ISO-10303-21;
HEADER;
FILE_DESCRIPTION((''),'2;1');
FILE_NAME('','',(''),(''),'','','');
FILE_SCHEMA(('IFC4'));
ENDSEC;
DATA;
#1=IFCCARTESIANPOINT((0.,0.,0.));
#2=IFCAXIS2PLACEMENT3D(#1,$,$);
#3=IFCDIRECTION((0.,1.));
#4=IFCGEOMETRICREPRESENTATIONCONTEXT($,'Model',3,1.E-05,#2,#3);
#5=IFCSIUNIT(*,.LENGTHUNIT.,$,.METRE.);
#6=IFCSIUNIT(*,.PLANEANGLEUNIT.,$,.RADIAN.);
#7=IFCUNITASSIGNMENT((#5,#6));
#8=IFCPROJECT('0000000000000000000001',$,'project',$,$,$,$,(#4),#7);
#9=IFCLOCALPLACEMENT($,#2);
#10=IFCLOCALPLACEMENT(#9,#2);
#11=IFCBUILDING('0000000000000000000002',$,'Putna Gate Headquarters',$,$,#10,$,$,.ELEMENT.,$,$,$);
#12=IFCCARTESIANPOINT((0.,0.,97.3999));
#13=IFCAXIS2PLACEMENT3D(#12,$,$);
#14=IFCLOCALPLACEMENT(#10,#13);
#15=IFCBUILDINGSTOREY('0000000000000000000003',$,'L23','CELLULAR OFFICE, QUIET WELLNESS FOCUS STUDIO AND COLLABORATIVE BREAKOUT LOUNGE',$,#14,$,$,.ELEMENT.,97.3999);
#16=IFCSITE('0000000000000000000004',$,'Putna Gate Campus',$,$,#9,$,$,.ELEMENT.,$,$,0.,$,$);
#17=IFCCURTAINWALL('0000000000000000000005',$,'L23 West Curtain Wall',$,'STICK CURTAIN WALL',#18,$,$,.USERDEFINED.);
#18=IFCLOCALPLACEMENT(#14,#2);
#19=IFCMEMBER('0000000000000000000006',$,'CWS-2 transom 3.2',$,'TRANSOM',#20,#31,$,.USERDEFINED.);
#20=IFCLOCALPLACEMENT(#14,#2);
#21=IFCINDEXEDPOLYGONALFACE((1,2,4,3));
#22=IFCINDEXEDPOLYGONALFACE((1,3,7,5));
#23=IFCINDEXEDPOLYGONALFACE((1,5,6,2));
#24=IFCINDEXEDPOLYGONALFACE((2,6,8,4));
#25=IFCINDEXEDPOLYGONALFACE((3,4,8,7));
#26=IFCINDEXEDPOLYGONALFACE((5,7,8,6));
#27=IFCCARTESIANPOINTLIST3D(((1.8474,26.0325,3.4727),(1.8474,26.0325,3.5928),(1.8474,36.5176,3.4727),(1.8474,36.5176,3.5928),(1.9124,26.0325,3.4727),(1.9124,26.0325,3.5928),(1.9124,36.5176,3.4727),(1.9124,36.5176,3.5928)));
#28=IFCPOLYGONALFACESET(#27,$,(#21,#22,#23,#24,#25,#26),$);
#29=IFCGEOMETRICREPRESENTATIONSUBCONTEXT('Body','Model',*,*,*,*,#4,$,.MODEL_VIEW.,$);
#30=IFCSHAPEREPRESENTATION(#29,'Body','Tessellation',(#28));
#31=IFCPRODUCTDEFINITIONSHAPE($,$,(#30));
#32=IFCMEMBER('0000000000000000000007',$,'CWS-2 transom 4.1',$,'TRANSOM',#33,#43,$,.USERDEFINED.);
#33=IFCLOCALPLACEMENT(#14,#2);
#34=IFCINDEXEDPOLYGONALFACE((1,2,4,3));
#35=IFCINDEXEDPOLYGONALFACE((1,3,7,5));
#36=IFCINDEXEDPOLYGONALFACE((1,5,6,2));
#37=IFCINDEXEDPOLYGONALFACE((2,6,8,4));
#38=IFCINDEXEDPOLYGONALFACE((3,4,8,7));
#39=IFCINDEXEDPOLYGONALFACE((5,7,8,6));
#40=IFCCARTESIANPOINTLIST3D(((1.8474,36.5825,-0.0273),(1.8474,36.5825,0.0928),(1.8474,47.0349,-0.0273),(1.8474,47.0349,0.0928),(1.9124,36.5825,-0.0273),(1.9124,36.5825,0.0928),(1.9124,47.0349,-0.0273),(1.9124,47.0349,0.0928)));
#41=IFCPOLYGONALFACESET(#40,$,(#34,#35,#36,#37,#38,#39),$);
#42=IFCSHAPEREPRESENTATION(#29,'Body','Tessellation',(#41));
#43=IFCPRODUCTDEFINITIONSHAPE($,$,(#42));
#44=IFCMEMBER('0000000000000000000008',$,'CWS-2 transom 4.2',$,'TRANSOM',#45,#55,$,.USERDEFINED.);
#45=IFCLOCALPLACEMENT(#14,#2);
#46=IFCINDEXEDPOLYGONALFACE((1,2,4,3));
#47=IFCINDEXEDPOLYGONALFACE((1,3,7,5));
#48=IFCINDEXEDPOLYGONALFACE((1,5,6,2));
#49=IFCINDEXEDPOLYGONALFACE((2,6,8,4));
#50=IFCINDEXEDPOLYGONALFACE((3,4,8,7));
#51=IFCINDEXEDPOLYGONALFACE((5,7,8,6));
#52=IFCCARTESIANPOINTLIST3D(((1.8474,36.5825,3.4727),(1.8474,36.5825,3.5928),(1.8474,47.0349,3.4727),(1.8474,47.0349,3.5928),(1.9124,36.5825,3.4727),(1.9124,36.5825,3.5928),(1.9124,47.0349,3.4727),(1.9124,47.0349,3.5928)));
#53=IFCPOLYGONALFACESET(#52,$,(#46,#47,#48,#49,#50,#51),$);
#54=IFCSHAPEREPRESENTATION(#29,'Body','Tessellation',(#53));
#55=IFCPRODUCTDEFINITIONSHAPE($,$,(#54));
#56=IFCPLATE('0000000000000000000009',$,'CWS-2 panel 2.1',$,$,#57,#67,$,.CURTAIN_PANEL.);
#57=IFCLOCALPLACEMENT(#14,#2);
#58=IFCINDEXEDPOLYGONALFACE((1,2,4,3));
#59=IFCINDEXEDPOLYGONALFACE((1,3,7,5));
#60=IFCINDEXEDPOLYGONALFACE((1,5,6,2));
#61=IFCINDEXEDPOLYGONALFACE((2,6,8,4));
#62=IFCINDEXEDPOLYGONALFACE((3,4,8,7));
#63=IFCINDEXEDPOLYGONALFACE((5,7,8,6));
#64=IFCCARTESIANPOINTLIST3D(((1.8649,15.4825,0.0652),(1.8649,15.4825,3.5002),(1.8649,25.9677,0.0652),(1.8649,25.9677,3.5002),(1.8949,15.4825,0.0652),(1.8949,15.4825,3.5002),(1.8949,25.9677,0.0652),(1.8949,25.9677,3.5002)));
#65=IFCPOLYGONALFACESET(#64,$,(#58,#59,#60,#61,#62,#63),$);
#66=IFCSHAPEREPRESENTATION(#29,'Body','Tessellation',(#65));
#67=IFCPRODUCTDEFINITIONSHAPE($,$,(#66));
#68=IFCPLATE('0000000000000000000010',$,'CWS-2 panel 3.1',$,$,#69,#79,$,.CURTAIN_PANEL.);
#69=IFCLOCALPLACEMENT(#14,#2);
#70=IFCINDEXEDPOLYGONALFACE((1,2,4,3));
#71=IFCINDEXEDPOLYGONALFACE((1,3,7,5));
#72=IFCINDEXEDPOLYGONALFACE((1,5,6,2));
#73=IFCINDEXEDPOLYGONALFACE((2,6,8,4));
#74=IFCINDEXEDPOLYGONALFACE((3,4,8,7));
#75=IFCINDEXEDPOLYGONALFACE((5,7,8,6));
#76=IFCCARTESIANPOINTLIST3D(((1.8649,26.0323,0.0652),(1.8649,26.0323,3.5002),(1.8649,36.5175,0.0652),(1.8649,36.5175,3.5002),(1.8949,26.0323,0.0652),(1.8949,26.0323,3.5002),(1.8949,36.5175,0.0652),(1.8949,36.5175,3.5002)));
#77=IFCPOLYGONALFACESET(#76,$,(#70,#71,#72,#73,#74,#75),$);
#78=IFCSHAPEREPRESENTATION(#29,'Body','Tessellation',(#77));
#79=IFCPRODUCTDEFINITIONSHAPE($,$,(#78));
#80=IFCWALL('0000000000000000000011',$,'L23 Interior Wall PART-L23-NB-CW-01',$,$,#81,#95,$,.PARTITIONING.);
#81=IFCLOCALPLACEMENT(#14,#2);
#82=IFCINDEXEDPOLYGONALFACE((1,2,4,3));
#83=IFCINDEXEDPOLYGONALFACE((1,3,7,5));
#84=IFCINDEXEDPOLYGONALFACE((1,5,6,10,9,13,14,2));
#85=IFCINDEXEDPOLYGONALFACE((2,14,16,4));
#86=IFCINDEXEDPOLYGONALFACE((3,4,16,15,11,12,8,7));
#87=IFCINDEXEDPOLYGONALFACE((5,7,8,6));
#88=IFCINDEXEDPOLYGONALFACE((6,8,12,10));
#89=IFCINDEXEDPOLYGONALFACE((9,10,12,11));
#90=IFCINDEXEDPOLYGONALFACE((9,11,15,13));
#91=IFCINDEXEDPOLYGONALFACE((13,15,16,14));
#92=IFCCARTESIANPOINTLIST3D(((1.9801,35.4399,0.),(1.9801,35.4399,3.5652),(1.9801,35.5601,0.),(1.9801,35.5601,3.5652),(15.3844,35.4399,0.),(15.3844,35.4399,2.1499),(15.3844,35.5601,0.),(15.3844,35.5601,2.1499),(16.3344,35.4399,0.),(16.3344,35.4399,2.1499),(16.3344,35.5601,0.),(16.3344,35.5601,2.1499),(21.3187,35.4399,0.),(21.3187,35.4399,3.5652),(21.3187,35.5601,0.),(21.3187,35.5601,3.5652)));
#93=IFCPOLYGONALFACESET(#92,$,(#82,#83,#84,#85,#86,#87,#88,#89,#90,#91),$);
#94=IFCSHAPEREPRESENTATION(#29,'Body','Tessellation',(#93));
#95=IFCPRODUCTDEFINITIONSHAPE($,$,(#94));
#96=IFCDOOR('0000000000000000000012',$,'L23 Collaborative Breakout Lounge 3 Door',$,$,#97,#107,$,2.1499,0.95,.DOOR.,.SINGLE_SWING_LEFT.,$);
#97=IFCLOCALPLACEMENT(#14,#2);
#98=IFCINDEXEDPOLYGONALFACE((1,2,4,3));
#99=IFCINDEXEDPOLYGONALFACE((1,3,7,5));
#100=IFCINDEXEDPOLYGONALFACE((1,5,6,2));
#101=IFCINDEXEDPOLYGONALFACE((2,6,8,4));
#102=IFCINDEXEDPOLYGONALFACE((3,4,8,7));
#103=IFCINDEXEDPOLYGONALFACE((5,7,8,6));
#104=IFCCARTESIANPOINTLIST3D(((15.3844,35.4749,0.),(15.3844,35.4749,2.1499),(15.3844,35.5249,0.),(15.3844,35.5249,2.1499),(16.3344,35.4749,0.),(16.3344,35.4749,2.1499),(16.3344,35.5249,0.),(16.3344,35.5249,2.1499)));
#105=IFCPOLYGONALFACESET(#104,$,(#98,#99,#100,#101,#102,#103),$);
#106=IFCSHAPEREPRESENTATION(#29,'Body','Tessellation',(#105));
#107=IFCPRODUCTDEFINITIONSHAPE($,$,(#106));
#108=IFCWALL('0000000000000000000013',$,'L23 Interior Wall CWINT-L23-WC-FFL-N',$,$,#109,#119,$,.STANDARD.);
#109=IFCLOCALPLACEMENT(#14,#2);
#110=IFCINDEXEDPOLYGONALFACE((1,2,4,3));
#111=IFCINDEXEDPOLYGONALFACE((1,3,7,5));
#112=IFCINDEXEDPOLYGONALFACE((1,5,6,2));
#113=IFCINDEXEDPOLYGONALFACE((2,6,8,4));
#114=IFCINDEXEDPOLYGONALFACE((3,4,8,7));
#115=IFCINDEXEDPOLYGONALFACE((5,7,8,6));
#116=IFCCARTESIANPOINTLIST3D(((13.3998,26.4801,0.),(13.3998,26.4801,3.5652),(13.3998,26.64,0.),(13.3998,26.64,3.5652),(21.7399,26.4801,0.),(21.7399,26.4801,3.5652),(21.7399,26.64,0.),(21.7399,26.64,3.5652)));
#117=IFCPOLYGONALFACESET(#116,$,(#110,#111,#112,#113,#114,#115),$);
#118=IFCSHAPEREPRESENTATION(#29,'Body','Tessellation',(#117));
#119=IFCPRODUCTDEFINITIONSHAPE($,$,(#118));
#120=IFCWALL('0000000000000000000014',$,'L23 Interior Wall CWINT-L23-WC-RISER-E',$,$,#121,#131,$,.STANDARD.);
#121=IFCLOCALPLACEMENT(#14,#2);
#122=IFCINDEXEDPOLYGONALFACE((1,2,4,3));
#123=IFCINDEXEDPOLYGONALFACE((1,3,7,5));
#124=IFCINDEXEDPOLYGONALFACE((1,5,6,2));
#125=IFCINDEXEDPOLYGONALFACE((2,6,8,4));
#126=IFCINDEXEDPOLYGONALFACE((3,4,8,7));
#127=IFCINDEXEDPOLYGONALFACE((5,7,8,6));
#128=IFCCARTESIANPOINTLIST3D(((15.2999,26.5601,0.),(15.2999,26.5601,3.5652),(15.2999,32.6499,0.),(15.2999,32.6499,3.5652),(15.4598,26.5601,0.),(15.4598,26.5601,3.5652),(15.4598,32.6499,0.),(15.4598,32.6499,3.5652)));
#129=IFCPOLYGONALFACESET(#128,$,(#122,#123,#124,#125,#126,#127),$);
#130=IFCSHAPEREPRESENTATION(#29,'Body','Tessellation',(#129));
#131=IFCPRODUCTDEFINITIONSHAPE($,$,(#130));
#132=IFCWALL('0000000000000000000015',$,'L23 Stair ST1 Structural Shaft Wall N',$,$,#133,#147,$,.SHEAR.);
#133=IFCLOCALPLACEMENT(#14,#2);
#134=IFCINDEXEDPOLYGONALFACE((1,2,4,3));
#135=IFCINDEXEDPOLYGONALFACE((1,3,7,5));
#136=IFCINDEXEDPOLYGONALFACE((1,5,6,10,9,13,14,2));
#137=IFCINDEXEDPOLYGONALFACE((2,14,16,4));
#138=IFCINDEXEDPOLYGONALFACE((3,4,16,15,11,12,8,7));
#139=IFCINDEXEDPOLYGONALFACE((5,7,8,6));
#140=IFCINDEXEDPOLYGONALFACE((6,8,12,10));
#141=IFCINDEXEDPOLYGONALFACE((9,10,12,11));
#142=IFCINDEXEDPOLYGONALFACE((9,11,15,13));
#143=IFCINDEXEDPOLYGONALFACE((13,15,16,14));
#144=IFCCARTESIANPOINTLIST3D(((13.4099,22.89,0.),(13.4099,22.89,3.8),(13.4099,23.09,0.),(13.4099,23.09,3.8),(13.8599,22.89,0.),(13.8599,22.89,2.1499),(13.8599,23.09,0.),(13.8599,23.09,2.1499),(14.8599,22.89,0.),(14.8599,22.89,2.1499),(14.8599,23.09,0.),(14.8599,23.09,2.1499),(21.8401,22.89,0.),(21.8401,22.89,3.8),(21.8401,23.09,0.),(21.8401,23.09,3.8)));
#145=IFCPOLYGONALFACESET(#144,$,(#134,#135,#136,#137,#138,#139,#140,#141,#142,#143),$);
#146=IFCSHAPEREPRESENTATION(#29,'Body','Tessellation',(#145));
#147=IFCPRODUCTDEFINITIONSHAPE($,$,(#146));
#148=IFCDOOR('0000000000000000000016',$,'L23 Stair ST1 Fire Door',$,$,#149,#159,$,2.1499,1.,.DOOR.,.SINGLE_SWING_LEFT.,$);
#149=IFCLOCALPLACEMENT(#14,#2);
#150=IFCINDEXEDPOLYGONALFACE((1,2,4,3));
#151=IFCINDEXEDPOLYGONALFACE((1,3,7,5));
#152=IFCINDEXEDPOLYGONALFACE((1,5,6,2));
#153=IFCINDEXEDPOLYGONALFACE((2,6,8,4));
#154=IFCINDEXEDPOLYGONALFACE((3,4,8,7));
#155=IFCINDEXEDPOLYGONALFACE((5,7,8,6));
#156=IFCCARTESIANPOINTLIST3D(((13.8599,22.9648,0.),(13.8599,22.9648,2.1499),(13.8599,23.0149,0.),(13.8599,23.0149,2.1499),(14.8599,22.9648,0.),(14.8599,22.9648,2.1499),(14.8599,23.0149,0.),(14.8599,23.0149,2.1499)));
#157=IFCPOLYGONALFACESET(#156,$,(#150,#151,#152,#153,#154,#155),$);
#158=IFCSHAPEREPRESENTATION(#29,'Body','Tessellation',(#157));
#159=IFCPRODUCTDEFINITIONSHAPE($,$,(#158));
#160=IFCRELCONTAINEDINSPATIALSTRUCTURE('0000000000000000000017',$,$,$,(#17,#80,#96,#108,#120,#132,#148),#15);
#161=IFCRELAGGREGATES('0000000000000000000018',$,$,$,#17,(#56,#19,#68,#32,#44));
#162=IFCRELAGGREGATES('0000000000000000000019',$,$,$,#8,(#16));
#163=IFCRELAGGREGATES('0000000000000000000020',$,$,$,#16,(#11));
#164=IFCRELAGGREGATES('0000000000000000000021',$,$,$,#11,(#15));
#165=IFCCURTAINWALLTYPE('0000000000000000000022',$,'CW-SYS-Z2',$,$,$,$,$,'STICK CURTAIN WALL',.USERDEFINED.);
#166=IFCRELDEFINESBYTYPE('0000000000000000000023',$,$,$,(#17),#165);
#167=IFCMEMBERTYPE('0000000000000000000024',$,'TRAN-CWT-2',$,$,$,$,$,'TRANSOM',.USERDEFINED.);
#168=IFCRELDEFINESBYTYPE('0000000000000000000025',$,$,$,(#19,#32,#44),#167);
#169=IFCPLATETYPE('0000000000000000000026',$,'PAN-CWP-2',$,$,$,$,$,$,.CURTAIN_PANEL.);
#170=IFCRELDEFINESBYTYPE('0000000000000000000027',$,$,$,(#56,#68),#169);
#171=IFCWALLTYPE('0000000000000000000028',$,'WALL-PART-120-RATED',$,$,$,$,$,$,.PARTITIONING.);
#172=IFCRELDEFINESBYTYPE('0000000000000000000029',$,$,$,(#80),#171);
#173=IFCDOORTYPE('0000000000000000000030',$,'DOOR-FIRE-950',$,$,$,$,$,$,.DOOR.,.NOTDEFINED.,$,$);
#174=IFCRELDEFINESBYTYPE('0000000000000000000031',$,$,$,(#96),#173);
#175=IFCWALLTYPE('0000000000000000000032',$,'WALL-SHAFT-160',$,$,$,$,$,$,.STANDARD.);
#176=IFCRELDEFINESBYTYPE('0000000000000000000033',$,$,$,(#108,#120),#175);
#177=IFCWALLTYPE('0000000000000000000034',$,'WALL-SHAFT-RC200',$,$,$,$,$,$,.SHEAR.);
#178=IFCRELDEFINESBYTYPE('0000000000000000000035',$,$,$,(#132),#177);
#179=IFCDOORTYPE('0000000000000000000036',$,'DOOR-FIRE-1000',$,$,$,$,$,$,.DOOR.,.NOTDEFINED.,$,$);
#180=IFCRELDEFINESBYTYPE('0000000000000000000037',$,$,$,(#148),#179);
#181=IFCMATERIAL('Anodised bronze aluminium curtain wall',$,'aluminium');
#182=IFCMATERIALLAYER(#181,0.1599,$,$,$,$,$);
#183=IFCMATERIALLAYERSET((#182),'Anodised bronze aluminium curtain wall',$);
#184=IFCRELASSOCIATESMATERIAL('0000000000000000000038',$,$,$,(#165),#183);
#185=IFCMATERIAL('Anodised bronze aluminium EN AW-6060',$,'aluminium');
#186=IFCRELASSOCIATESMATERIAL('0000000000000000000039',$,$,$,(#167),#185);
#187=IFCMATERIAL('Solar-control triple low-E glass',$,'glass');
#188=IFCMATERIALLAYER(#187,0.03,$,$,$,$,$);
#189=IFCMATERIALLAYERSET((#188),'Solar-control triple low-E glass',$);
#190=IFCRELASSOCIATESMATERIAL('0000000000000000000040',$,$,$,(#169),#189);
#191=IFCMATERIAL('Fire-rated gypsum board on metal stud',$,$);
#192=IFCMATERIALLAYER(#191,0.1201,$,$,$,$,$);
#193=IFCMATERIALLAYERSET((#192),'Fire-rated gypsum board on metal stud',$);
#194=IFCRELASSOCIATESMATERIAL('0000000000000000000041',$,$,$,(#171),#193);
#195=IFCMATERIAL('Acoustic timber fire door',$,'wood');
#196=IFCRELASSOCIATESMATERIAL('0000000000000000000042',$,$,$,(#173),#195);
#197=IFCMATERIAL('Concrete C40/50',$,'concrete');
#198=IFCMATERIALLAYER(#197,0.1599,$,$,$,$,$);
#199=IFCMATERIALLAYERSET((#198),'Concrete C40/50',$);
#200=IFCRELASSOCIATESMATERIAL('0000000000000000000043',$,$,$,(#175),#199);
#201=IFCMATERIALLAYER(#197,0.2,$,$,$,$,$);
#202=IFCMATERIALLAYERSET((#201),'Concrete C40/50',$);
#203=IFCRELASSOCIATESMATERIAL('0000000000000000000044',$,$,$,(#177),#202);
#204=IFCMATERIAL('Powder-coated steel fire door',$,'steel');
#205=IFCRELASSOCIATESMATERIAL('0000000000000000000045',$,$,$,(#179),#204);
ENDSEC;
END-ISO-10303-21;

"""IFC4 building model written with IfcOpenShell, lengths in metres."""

from ifc_helpers import new_model, si_unit, direction, frame, frame_2d, origin, origin_2d, place, context, subcontext, project, spatial, rectangle, extrude, material, layer, layer_set, material_profile, profile_set, type_object, element, fill, aggregate, save


model = new_model("IFC4")

# Units and contexts
model_context = context("Model", 3, precision=1e-05, world=origin(), true_north=direction((0.0, 1.0)))
body_context = subcontext(model_context, "Body", "Model", "MODEL_VIEW")
ifc_project = project(units=[si_unit("LENGTHUNIT", "METRE"), si_unit("PLANEANGLEUNIT", "RADIAN")], contexts=[model_context])

# Site, building, storey
site_placement = place(None, origin())
site = spatial("IfcSite", under=ifc_project, at=site_placement, Name="Putna Gate Campus", CompositionType="ELEMENT", RefElevation=0.0)
building_placement = place(site_placement, origin())
building = spatial("IfcBuilding", under=site, at=building_placement, Name="Putna Gate Headquarters", CompositionType="ELEMENT")
storey_placement = place(building_placement, frame((0.0, 0.0, 97.3999)))
storey = spatial("IfcBuildingStorey", under=building, at=storey_placement, Name="L23", Description="CELLULAR OFFICE, QUIET WELLNESS FOCUS STUDIO AND COLLABORATIVE BREAKOUT LOUNGE", CompositionType="ELEMENT", Elevation=97.3999)

# Curtain wall, members, plates
ifc_material_1 = material(Name="Anodised bronze aluminium curtain wall", Category="aluminium")
ifc_layer_1 = layer(ifc_material_1, 0.1599)
ifc_layer_set_1 = layer_set([ifc_layer_1], Name="Anodised bronze aluminium curtain wall")
curtain_wall_type = type_object("IfcCurtainWallType", Name="CW-SYS-Z2", ElementType="STICK CURTAIN WALL", PredefinedType="USERDEFINED", material=ifc_layer_set_1)
curtain_wall_placement = place(storey_placement, origin())
curtain_wall = element("IfcCurtainWall", 1, at=curtain_wall_placement, inside=storey, type_object=curtain_wall_type, Name="L23 West Curtain Wall", ObjectType="STICK CURTAIN WALL", PredefinedType="USERDEFINED")
ifc_material_2 = material(Name="Anodised bronze aluminium EN AW-6060", Category="aluminium")
ifc_material_profile_1 = material_profile(ifc_material_2, rectangle(XDim=0.0649, YDim=0.1201, at=origin_2d()), Name="Anodised bronze aluminium EN AW-6060")
ifc_profile_set_1 = profile_set([ifc_material_profile_1], Name="Anodised bronze aluminium EN AW-6060")
member_type_1 = type_object("IfcMemberType", Name="TRAN-CWT-2", ElementType="TRANSOM", PredefinedType="USERDEFINED", material=ifc_profile_set_1)
member_1_placement = place(storey_placement, frame((1.8799, 26.0325, 3.5327), z_axis=(0.0, 1.0, 0.0), x_axis=(-1.0, 0.0, 0.0)))
member_1 = element("IfcMember", 2, at=member_1_placement, type_object=member_type_1, Name="CWS-2 transom 3.2", ObjectType="TRANSOM", PredefinedType="USERDEFINED", context=body_context, shape_type="SweptSolid", body=[
    extrude(rectangle(XDim=0.0649, YDim=0.1201, at=origin_2d()), origin(), (0.0, 0.0, 1.0), 10.4851),
])
member_2_placement = place(storey_placement, frame((1.8799, 36.5825, 0.0327), z_axis=(0.0, 1.0, 0.0), x_axis=(-1.0, 0.0, 0.0)))
member_2 = element("IfcMember", 3, at=member_2_placement, type_object=member_type_1, Name="CWS-2 transom 4.1", ObjectType="TRANSOM", PredefinedType="USERDEFINED", context=body_context, shape_type="SweptSolid", body=[
    extrude(rectangle(XDim=0.0649, YDim=0.1201, at=origin_2d()), origin(), (0.0, 0.0, 1.0), 10.4524),
])
member_3_placement = place(storey_placement, frame((1.8799, 36.5825, 3.5327), z_axis=(0.0, 1.0, 0.0), x_axis=(-1.0, 0.0, 0.0)))
member_3 = element("IfcMember", 4, at=member_3_placement, type_object=member_type_1, Name="CWS-2 transom 4.2", ObjectType="TRANSOM", PredefinedType="USERDEFINED", context=body_context, shape_type="SweptSolid", body=[
    extrude(rectangle(XDim=0.0649, YDim=0.1201, at=origin_2d()), origin(), (0.0, 0.0, 1.0), 10.4524),
])
ifc_material_3 = material(Name="Solar-control triple low-E glass", Category="glass")
ifc_layer_2 = layer(ifc_material_3, 0.03)
ifc_layer_set_2 = layer_set([ifc_layer_2], Name="Solar-control triple low-E glass")
plate_type = type_object("IfcPlateType", Name="PAN-CWP-2", PredefinedType="CURTAIN_PANEL", material=ifc_layer_set_2)
plate_1_placement = place(storey_placement, frame((1.8799, 20.7251, 0.0652), z_axis=(0.0, 0.0, 1.0), x_axis=(0.0, 1.0, 0.0)))
plate_1 = element("IfcPlate", 5, at=plate_1_placement, type_object=plate_type, Name="CWS-2 panel 2.1", PredefinedType="CURTAIN_PANEL", context=body_context, shape_type="SweptSolid", body=[
    extrude(rectangle(XDim=10.4851, YDim=0.03, at=origin_2d()), origin(), (0.0, 0.0, 1.0), 3.4351),
])
plate_2_placement = place(storey_placement, frame((1.8799, 31.2749, 0.0652), z_axis=(0.0, 0.0, 1.0), x_axis=(0.0, 1.0, 0.0)))
plate_2 = element("IfcPlate", 6, at=plate_2_placement, type_object=plate_type, Name="CWS-2 panel 3.1", PredefinedType="CURTAIN_PANEL", context=body_context, shape_type="SweptSolid", body=[
    extrude(rectangle(XDim=10.4851, YDim=0.03, at=origin_2d()), origin(), (0.0, 0.0, 1.0), 3.4351),
])
aggregate(curtain_wall, [plate_1, member_1, plate_2, member_2, member_3])

# Wall, opening, door
ifc_material_4 = material(Name="Fire-rated gypsum board on metal stud")
ifc_layer_3 = layer(ifc_material_4, 0.1201)
ifc_layer_set_3 = layer_set([ifc_layer_3], Name="Fire-rated gypsum board on metal stud")
wall_type_1 = type_object("IfcWallType", Name="WALL-PART-120-RATED", PredefinedType="PARTITIONING", material=ifc_layer_set_3)
wall_1_placement = place(storey_placement, frame((1.98, 35.5, 0.0), z_axis=(0.0, 0.0, 1.0), x_axis=(1.0, 0.0, 0.0)))
wall_1 = element("IfcWall", 7, at=wall_1_placement, inside=storey, type_object=wall_type_1, Name="L23 Interior Wall PART-L23-NB-CW-01", PredefinedType="PARTITIONING", context=body_context, shape_type="SweptSolid", body=[
    extrude(rectangle(XDim=19.3386, YDim=0.1201, at=frame_2d((9.6694, 0.0))), origin(), (0.0, 0.0, 1.0), 3.5652),
])
opening_1_placement = place(wall_1_placement, frame((13.4043, 0.0, 0.0)))
opening_1 = element("IfcOpeningElement", 8, at=opening_1_placement, cuts=wall_1, PredefinedType="OPENING", context=body_context, shape_type="SweptSolid", body=[
    extrude(rectangle(XDim=0.95, YDim=2.1499, at=frame_2d((0.4751, 1.075))), frame((0.0, 0.0701, 0.0), z_axis=(0.0, -1.0, 0.0), x_axis=(1.0, 0.0, 0.0)), (0.0, 0.0, 1.0), 0.1401),
])
ifc_material_5 = material(Name="Acoustic timber fire door", Category="wood")
door_type_1 = type_object("IfcDoorType", Name="DOOR-FIRE-950", OperationType="NOTDEFINED", PredefinedType="DOOR", material=ifc_material_5)
door_1_placement = place(opening_1_placement, origin())
door_1 = element("IfcDoor", 9, at=door_1_placement, inside=storey, type_object=door_type_1, Name="L23 Collaborative Breakout Lounge 3 Door", OperationType="SINGLE_SWING_LEFT", OverallHeight=2.1499, OverallWidth=0.95, PredefinedType="DOOR", context=body_context, shape_type="SweptSolid", body=[
    extrude(rectangle(XDim=0.95, YDim=2.1499, at=frame_2d((0.4751, 1.075))), frame((0.0, 0.0249, 0.0), z_axis=(0.0, -1.0, 0.0), x_axis=(1.0, 0.0, 0.0)), (0.0, 0.0, 1.0), 0.05),
])
fill(opening_1, door_1)

# Walls
ifc_material_6 = material(Name="Concrete C40/50", Category="concrete")
ifc_layer_4 = layer(ifc_material_6, 0.1599)
ifc_layer_set_4 = layer_set([ifc_layer_4], Name="Concrete C40/50")
wall_type_2 = type_object("IfcWallType", Name="WALL-SHAFT-160", PredefinedType="STANDARD", material=ifc_layer_set_4)
wall_2_placement = place(storey_placement, frame((13.3999, 26.5601, 0.0), z_axis=(0.0, 0.0, 1.0), x_axis=(1.0, 0.0, 0.0)))
element("IfcWall", 10, at=wall_2_placement, inside=storey, type_object=wall_type_2, Name="L23 Interior Wall CWINT-L23-WC-FFL-N", PredefinedType="STANDARD", context=body_context, shape_type="SweptSolid", body=[
    extrude(rectangle(XDim=8.3401, YDim=0.1599, at=frame_2d((4.1699, 0.0))), origin(), (0.0, 0.0, 1.0), 3.5652),
])
wall_3_placement = place(storey_placement, frame((15.3799, 26.5601, 0.0), z_axis=(0.0, 0.0, 1.0), x_axis=(0.0, 1.0, 0.0)))
element("IfcWall", 11, at=wall_3_placement, inside=storey, type_object=wall_type_2, Name="L23 Interior Wall CWINT-L23-WC-RISER-E", PredefinedType="STANDARD", context=body_context, shape_type="SweptSolid", body=[
    extrude(rectangle(XDim=6.0898, YDim=0.1599, at=frame_2d((3.0449, 0.0))), origin(), (0.0, 0.0, 1.0), 3.5652),
])

# Wall, opening, door
ifc_layer_5 = layer(ifc_material_6, 0.2)
ifc_layer_set_5 = layer_set([ifc_layer_5], Name="Concrete C40/50")
wall_type_3 = type_object("IfcWallType", Name="WALL-SHAFT-RC200", PredefinedType="SHEAR", material=ifc_layer_set_5)
wall_4_placement = place(storey_placement, frame((13.4099, 22.99, 0.0), z_axis=(0.0, 0.0, 1.0), x_axis=(1.0, 0.0, 0.0)))
wall_4 = element("IfcWall", 12, at=wall_4_placement, inside=storey, type_object=wall_type_3, Name="L23 Stair ST1 Structural Shaft Wall N", PredefinedType="SHEAR", context=body_context, shape_type="SweptSolid", body=[
    extrude(rectangle(XDim=8.4302, YDim=0.2, at=frame_2d((4.2151, 0.0))), origin(), (0.0, 0.0, 1.0), 3.8),
])
opening_2_placement = place(wall_4_placement, frame((0.45, 0.0, 0.0)))
opening_2 = element("IfcOpeningElement", 13, at=opening_2_placement, cuts=wall_4, PredefinedType="OPENING", context=body_context, shape_type="SweptSolid", body=[
    extrude(rectangle(XDim=1.0, YDim=2.1499, at=frame_2d((0.5, 1.075))), frame((0.0, 0.1099, 0.0), z_axis=(0.0, -1.0, 0.0), x_axis=(1.0, 0.0, 0.0)), (0.0, 0.0, 1.0), 0.22),
])
ifc_material_7 = material(Name="Powder-coated steel fire door", Category="steel")
door_type_2 = type_object("IfcDoorType", Name="DOOR-FIRE-1000", OperationType="NOTDEFINED", PredefinedType="DOOR", material=ifc_material_7)
door_2_placement = place(opening_2_placement, origin())
door_2 = element("IfcDoor", 14, at=door_2_placement, inside=storey, type_object=door_type_2, Name="L23 Stair ST1 Fire Door", OperationType="SINGLE_SWING_LEFT", OverallHeight=2.1499, OverallWidth=1.0, PredefinedType="DOOR", context=body_context, shape_type="SweptSolid", body=[
    extrude(rectangle(XDim=1.0, YDim=2.1499, at=frame_2d((0.5, 1.075))), frame((0.0, 0.0249, 0.0), z_axis=(0.0, -1.0, 0.0), x_axis=(1.0, 0.0, 0.0)), (0.0, 0.0, 1.0), 0.05),
])
fill(opening_2, door_2)

save(model, "model.ifc")
